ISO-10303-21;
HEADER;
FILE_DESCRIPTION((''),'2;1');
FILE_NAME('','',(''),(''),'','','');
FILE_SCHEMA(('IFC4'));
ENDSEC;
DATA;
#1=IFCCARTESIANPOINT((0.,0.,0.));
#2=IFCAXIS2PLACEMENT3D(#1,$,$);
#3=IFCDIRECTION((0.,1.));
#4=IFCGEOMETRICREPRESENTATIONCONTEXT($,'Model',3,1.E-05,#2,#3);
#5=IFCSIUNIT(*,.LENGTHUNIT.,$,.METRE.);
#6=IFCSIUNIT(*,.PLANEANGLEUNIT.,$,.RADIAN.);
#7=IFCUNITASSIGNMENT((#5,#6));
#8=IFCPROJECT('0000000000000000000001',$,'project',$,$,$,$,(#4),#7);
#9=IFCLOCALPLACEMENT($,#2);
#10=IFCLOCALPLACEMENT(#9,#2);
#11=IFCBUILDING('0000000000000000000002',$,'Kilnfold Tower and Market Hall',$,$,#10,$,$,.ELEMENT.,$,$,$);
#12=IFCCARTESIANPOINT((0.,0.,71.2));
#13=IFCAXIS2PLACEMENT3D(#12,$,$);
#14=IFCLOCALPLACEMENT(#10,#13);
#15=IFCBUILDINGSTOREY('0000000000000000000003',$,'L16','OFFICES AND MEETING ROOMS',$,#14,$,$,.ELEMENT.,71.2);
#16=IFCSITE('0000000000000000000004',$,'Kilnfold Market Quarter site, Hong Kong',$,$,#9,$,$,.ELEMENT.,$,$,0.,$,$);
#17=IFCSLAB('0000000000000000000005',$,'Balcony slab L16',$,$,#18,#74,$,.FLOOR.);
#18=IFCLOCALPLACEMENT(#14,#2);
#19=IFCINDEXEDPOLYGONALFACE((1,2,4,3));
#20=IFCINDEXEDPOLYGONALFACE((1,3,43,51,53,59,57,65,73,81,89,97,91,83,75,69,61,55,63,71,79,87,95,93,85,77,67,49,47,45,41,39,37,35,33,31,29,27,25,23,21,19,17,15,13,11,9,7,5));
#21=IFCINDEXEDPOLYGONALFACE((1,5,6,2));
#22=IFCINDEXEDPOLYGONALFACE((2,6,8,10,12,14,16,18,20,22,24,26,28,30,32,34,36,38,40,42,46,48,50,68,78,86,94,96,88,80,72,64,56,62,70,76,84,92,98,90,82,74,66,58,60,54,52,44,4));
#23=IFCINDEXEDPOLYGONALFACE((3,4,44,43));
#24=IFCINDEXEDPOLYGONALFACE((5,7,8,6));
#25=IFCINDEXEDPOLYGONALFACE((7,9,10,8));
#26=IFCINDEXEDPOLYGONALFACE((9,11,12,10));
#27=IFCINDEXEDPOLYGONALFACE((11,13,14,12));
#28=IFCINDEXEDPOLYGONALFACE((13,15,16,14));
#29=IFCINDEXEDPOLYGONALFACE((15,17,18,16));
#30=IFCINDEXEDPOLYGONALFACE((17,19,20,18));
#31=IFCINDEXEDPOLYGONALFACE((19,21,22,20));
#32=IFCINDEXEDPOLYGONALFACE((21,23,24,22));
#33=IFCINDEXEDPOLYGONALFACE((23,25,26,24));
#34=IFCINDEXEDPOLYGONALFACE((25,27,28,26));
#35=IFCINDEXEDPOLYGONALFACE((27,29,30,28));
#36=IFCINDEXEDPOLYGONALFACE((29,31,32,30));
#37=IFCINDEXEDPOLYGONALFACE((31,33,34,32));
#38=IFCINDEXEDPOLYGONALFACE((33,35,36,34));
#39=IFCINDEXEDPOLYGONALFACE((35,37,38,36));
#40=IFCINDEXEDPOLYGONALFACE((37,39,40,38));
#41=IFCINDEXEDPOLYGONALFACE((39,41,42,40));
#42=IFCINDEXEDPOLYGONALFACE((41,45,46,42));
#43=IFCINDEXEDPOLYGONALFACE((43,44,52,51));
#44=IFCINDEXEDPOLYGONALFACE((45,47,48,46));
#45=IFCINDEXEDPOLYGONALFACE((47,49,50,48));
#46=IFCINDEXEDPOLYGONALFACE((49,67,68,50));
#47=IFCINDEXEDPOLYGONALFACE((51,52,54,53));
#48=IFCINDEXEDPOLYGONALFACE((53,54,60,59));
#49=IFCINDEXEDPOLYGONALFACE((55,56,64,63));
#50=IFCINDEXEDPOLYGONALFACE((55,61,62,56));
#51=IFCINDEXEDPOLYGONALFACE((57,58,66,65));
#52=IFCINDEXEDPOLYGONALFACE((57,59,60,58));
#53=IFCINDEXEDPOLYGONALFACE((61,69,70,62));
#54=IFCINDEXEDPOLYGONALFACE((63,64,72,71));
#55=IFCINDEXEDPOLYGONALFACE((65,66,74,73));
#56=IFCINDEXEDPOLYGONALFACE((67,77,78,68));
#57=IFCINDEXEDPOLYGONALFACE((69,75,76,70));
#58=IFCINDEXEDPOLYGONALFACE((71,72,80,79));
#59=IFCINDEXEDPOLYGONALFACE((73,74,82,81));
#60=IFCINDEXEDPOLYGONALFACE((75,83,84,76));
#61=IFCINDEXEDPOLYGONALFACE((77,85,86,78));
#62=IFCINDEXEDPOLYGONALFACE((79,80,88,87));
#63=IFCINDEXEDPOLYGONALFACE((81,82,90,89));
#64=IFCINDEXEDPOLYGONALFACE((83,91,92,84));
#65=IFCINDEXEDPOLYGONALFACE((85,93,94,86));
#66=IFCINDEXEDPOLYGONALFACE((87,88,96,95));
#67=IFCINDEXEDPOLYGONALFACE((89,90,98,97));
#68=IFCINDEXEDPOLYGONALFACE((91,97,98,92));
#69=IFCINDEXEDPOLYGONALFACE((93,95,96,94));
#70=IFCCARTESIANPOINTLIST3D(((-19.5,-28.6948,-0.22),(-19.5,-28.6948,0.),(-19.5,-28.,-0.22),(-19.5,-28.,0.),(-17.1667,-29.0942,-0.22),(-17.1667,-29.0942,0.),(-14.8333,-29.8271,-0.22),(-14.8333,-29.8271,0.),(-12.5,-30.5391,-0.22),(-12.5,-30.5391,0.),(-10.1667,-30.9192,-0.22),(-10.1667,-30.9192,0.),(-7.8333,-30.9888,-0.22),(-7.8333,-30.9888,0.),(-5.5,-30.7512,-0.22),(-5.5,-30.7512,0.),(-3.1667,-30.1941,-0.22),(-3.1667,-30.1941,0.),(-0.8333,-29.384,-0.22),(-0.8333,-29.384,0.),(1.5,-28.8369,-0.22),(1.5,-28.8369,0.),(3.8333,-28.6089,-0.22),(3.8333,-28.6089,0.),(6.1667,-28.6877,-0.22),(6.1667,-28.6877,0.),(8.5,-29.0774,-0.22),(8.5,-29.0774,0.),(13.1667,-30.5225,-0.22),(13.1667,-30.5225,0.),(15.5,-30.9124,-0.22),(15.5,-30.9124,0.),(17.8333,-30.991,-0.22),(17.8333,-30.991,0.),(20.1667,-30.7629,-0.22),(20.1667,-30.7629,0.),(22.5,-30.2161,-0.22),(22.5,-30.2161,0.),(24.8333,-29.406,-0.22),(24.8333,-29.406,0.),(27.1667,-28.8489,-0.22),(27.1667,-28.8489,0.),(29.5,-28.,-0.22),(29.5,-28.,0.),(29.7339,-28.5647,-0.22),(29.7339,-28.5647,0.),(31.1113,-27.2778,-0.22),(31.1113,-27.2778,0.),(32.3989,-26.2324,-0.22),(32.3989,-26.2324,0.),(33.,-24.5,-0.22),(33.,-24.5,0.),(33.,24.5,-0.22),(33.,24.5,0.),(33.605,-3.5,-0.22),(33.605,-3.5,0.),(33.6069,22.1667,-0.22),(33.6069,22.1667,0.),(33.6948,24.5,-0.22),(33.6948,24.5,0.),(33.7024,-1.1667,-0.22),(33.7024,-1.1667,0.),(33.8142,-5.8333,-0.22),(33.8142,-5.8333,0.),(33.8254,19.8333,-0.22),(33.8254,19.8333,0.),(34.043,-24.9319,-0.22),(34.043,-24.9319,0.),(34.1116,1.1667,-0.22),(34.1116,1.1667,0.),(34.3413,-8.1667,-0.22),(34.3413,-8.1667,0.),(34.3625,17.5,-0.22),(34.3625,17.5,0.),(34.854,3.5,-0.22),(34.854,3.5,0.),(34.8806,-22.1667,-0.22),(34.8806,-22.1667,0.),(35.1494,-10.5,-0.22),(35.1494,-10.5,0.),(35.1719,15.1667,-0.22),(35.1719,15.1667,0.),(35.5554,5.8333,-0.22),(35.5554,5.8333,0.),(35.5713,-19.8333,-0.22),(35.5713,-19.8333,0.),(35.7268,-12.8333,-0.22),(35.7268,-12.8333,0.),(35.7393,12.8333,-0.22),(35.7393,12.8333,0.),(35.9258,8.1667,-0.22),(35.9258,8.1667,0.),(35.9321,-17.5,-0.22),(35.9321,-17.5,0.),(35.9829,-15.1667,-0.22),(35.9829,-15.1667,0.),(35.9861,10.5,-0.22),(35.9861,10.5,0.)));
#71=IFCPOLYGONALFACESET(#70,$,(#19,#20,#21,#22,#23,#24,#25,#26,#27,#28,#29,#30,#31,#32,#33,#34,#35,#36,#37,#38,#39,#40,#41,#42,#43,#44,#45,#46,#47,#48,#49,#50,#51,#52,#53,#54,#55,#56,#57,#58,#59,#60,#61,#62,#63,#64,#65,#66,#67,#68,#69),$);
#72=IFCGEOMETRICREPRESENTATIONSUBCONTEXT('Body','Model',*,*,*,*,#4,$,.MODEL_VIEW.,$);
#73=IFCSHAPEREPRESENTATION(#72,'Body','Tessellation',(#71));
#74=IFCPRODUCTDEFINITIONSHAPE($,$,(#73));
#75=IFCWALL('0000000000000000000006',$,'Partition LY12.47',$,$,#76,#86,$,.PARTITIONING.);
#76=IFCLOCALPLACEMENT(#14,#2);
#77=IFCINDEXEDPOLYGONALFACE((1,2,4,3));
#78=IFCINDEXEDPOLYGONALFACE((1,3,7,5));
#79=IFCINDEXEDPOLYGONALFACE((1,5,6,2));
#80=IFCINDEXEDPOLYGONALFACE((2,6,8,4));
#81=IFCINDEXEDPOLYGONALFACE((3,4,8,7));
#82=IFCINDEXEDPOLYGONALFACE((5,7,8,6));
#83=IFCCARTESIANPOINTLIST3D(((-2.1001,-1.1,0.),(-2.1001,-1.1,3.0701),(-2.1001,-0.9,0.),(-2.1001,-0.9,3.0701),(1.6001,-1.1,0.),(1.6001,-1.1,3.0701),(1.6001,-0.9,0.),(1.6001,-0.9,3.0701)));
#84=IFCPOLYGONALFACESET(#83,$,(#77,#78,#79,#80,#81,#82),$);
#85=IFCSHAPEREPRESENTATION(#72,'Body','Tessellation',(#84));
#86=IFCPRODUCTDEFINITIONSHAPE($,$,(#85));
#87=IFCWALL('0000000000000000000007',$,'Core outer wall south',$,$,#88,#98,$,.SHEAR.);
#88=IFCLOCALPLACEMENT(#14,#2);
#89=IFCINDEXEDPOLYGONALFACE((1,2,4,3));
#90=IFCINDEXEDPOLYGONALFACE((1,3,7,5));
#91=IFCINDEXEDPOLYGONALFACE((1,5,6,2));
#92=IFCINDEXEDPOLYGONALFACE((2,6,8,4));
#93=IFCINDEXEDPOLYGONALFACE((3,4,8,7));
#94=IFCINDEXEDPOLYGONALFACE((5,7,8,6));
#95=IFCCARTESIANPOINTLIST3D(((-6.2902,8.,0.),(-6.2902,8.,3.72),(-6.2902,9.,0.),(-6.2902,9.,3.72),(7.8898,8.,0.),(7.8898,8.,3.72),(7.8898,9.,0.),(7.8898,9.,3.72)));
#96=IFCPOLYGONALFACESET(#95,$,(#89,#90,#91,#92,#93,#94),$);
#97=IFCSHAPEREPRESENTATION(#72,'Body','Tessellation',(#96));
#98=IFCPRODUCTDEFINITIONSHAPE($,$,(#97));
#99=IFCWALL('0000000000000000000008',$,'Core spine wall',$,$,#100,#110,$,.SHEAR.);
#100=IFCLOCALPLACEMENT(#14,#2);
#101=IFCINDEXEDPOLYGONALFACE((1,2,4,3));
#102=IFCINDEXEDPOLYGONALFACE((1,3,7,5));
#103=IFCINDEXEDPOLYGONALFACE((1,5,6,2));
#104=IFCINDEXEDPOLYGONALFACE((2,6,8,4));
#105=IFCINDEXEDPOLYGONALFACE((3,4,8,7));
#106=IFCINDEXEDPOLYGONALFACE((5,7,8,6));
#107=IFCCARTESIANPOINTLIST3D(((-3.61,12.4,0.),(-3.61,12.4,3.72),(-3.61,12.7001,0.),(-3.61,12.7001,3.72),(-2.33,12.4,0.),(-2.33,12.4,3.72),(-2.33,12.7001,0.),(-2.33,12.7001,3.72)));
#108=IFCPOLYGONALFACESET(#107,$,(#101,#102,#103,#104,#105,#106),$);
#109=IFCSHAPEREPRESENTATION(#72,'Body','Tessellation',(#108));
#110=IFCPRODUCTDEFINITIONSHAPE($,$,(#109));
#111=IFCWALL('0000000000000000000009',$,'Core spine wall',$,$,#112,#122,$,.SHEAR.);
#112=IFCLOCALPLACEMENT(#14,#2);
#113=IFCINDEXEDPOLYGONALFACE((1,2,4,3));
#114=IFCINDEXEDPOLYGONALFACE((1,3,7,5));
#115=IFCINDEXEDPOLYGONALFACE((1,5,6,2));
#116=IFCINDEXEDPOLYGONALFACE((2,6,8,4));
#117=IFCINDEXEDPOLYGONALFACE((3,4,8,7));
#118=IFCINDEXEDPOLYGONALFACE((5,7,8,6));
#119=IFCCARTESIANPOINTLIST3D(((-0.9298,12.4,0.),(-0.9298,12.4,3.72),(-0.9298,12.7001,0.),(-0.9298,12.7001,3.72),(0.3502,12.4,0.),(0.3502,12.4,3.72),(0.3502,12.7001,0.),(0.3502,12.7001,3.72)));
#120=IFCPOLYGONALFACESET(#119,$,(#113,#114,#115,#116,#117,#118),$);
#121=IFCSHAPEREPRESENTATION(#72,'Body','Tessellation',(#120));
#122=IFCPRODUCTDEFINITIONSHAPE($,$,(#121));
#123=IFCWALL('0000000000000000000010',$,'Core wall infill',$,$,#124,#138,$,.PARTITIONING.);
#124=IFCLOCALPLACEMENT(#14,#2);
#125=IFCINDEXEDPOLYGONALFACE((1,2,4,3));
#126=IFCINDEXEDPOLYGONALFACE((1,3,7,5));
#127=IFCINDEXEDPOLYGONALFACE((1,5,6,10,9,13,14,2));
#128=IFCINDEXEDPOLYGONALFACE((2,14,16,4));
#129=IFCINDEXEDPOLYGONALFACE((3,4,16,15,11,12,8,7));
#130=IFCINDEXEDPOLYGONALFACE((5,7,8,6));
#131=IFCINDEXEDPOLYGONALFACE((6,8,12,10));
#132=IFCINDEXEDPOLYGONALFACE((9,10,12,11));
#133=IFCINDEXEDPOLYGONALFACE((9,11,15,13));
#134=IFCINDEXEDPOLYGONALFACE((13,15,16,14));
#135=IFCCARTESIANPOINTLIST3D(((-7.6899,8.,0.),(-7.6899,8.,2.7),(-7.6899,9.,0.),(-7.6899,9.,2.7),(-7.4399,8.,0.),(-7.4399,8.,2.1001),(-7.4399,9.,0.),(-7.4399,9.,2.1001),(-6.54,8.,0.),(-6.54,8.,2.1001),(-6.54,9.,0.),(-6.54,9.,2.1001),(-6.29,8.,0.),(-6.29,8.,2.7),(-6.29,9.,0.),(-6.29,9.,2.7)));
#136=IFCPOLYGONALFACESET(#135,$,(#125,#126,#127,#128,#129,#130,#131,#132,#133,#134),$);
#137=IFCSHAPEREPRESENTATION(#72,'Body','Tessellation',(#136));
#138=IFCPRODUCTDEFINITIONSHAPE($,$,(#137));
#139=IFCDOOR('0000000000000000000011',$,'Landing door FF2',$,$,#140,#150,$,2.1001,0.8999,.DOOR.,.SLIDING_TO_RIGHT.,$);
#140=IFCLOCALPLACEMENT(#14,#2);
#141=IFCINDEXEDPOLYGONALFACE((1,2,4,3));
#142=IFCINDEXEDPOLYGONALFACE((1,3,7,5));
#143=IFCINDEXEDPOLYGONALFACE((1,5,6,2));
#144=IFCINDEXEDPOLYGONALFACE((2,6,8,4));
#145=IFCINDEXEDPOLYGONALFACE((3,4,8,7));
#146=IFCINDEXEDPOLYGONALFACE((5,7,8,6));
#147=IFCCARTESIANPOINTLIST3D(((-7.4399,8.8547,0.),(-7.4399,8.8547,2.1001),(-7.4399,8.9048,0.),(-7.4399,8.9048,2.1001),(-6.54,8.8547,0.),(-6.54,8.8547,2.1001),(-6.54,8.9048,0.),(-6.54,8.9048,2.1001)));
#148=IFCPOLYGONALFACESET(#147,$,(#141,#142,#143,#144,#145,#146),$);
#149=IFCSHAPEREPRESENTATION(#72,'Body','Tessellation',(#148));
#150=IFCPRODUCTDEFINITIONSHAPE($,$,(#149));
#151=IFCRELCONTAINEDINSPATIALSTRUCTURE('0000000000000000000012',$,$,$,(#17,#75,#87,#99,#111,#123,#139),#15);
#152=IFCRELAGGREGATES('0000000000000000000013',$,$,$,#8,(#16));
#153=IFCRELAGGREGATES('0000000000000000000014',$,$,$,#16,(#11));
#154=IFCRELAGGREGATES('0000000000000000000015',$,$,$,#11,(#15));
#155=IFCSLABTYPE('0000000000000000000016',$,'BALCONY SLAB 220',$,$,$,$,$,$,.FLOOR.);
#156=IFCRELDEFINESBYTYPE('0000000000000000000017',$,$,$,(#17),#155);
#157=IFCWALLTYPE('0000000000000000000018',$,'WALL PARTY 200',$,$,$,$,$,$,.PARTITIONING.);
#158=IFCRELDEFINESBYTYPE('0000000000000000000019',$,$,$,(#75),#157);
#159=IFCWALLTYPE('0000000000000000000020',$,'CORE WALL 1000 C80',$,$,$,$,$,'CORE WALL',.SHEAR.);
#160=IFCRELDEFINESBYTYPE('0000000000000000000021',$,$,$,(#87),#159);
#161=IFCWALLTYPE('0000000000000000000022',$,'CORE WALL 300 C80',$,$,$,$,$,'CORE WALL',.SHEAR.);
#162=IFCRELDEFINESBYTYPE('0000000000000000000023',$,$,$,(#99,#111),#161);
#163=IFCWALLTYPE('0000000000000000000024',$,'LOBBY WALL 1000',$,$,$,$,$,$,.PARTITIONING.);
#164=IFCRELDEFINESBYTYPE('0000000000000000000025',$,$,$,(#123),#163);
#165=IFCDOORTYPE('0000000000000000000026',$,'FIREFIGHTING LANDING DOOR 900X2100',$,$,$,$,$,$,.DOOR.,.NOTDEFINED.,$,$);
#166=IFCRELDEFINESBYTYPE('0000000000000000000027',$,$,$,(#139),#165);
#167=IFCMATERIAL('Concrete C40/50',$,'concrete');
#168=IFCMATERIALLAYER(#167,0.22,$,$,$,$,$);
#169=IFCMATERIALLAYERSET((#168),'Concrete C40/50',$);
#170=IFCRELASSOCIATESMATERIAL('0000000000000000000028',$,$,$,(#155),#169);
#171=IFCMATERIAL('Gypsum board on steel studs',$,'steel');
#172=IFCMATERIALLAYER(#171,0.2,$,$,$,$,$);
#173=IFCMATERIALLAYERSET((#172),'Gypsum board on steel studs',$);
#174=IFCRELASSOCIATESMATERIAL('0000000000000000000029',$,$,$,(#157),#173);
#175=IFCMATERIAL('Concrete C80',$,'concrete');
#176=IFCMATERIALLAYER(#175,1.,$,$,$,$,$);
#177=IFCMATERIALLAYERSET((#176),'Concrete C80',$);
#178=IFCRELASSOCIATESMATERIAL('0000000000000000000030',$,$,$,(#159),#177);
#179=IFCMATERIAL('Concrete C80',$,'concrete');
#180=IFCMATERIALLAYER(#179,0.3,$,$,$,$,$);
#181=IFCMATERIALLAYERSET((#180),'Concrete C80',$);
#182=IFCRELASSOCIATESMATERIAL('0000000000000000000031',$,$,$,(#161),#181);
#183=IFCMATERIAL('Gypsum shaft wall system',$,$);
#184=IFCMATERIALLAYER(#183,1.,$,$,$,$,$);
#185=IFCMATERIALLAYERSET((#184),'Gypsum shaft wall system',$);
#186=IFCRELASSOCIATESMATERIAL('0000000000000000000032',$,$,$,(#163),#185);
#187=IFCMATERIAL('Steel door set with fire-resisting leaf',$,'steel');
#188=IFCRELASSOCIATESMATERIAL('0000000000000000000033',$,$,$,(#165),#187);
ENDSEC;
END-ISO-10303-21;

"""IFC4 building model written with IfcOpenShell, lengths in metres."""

from ifc_helpers import new_model, si_unit, direction, frame, frame_2d, origin, place, context, subcontext, project, spatial, polyline, rectangle, outline, extrude, source, transform, mapped, material, layer, layer_set, type_object, element, fill, save


model = new_model("IFC4")

# Units and contexts
model_context = context("Model", 3, precision=1e-05, world=origin(), true_north=direction((0.0, 1.0)))
body_context = subcontext(model_context, "Body", "Model", "MODEL_VIEW")
ifc_project = project(units=[si_unit("LENGTHUNIT", "METRE"), si_unit("PLANEANGLEUNIT", "RADIAN")], contexts=[model_context])

# Site, building, storey
site_placement = place(None, origin())
site = spatial("IfcSite", under=ifc_project, at=site_placement, Name="Kilnfold Market Quarter site, Hong Kong", CompositionType="ELEMENT", RefElevation=0.0)
building_placement = place(site_placement, origin())
building = spatial("IfcBuilding", under=site, at=building_placement, Name="Kilnfold Tower and Market Hall", CompositionType="ELEMENT")
storey_placement = place(building_placement, frame((0.0, 0.0, 71.2)))
storey = spatial("IfcBuildingStorey", under=building, at=storey_placement, Name="L16", Description="OFFICES AND MEETING ROOMS", CompositionType="ELEMENT", Elevation=71.2)

# Slab
ifc_material_1 = material(Name="Concrete C40/50", Category="concrete")
ifc_layer_1 = layer(ifc_material_1, 0.22)
ifc_layer_set_1 = layer_set([ifc_layer_1], Name="Concrete C40/50")
slab_type_1 = type_object("IfcSlabType", Name="BALCONY SLAB 220", PredefinedType="FLOOR", material=ifc_layer_set_1)
shared_shape_1 = source(origin(), body_context, "Body", "SweptSolid", [
    extrude(outline(polyline([(-19.5, -28.0), (29.5, -28.0), (33.0, -24.5), (33.0, 24.5), (33.6948, 24.5), (33.6069, 22.1667), (33.8254, 19.8333), (34.3625, 17.5), (35.1719, 15.1667), (35.7393, 12.8333), (35.9861, 10.5), (35.9258, 8.1667), (35.5554, 5.8333), (34.854, 3.5), (34.1116, 1.1667), (33.7024, -1.1667), (33.605, -3.5), (33.8142, -5.8333), (34.3413, -8.1667), (35.1494, -10.5), (35.7268, -12.8333), (35.9829, -15.1667), (35.9321, -17.5), (35.5713, -19.8333), (34.8806, -22.1667), (34.043, -24.9319), (32.3989, -26.2324), (31.1113, -27.2778), (29.7339, -28.5647), (27.1667, -28.8489), (24.8333, -29.406), (22.5, -30.2161), (20.1667, -30.7629), (17.8333, -30.991), (15.5, -30.9124), (13.1667, -30.5225), (8.5, -29.0774), (6.1667, -28.6877), (3.8333, -28.6089), (1.5, -28.8369), (-0.8333, -29.384), (-3.1667, -30.1941), (-5.5, -30.7512), (-7.8333, -30.9888), (-10.1667, -30.9192), (-12.5, -30.5391), (-14.8333, -29.8271), (-17.1667, -29.0942), (-19.5, -28.6948), (-19.5, -28.0)])), origin(), (0.0, 0.0, 1.0), 0.22),
])
slab_1_placement = place(storey_placement, frame((0.0, 0.0, -0.22)))
element("IfcSlab", 1, at=slab_1_placement, inside=storey, type_object=slab_type_1, Name="Balcony slab L16", PredefinedType="FLOOR", context=body_context, shape_type="MappedRepresentation", body=[
    mapped(shared_shape_1, transform((0.0, 0.0, 0.0))),
])

# Walls
ifc_material_2 = material(Name="Gypsum board on steel studs", Category="steel")
ifc_layer_2 = layer(ifc_material_2, 0.2)
ifc_layer_set_2 = layer_set([ifc_layer_2], Name="Gypsum board on steel studs")
wall_type_1 = type_object("IfcWallType", Name="WALL PARTY 200", PredefinedType="PARTITIONING", material=ifc_layer_set_2)
wall_1_placement = place(storey_placement, frame((-2.1001, -1.0, 0.0), z_axis=(0.0, 0.0, 1.0), x_axis=(1.0, 0.0, 0.0)))
element("IfcWall", 2, at=wall_1_placement, inside=storey, type_object=wall_type_1, Name="Partition LY12.47", PredefinedType="PARTITIONING", context=body_context, shape_type="SweptSolid", body=[
    extrude(rectangle(XDim=3.7002, YDim=0.2, at=frame_2d((1.8501, 0.0))), origin(), (0.0, 0.0, 1.0), 3.0701),
])
ifc_material_3 = material(Name="Concrete C80", Category="concrete")
ifc_layer_3 = layer(ifc_material_3, 1.0)
ifc_layer_set_3 = layer_set([ifc_layer_3], Name="Concrete C80")
wall_type_2 = type_object("IfcWallType", Name="CORE WALL 1000 C80", ElementType="CORE WALL", PredefinedType="SHEAR", material=ifc_layer_set_3)
shared_shape_2 = source(origin(), body_context, "Body", "SweptSolid", [
    extrude(rectangle(XDim=14.1799, YDim=1.0, at=frame_2d((7.0898, 0.0))), origin(), (0.0, 0.0, 1.0), 3.72),
])
wall_2_placement = place(storey_placement, frame((-6.29, 8.5, 0.0), z_axis=(0.0, 0.0, 1.0), x_axis=(1.0, 0.0, 0.0)))
element("IfcWall", 3, at=wall_2_placement, inside=storey, type_object=wall_type_2, Name="Core outer wall south", PredefinedType="SHEAR", context=body_context, shape_type="MappedRepresentation", body=[
    mapped(shared_shape_2, transform((0.0, 0.0, 0.0))),
])
ifc_material_4 = material(Name="Concrete C80", Category="concrete")
ifc_layer_4 = layer(ifc_material_4, 0.3)
ifc_layer_set_4 = layer_set([ifc_layer_4], Name="Concrete C80")
wall_type_3 = type_object("IfcWallType", Name="CORE WALL 300 C80", ElementType="CORE WALL", PredefinedType="SHEAR", material=ifc_layer_set_4)
shared_shape_3 = source(origin(), body_context, "Body", "SweptSolid", [
    extrude(rectangle(XDim=1.28, YDim=0.3, at=frame_2d((0.6401, 0.0))), origin(), (0.0, 0.0, 1.0), 3.72),
])
for number, where, z_axis, x_axis, name in (
    (4, (-3.6101, 12.55, 0.0), (0.0, 0.0, 1.0), (1.0, 0.0, 0.0), "Core spine wall"),
    (5, (-0.9299, 12.55, 0.0), (0.0, 0.0, 1.0), (1.0, 0.0, 0.0), "Core spine wall"),
):
    element("IfcWall", number, at=place(storey_placement, frame(where, z_axis=z_axis, x_axis=x_axis)), inside=storey, type_object=wall_type_3, Name=name, PredefinedType="SHEAR", context=body_context, shape_type="MappedRepresentation", body=[
        mapped(shared_shape_3, transform((0.0, 0.0, 0.0))),
    ])

# Wall, opening, door
ifc_material_5 = material(Name="Gypsum shaft wall system")
ifc_layer_5 = layer(ifc_material_5, 1.0)
ifc_layer_set_5 = layer_set([ifc_layer_5], Name="Gypsum shaft wall system")
wall_type_4 = type_object("IfcWallType", Name="LOBBY WALL 1000", PredefinedType="PARTITIONING", material=ifc_layer_set_5)
shared_shape_4 = source(origin(), body_context, "Body", "SweptSolid", [
    extrude(rectangle(XDim=1.3999, YDim=1.0, at=frame_2d((0.7, 0.0))), origin(), (0.0, 0.0, 1.0), 2.7),
])
wall_3_placement = place(storey_placement, frame((-7.6899, 8.5, 0.0), z_axis=(0.0, 0.0, 1.0), x_axis=(1.0, 0.0, 0.0)))
wall_3 = element("IfcWall", 6, at=wall_3_placement, inside=storey, type_object=wall_type_4, Name="Core wall infill", PredefinedType="PARTITIONING", context=body_context, shape_type="MappedRepresentation", body=[
    mapped(shared_shape_4, transform((0.0, 0.0, 0.0))),
])
opening_1_placement = place(wall_3_placement, frame((0.25, 0.0, 0.0)))
opening_1 = element("IfcOpeningElement", 7, at=opening_1_placement, cuts=wall_3, PredefinedType="OPENING", context=body_context, shape_type="SweptSolid", body=[
    extrude(rectangle(XDim=0.8999, YDim=2.1001, at=frame_2d((0.45, 1.05))), frame((0.0, 0.51, 0.0), z_axis=(0.0, -1.0, 0.0), x_axis=(1.0, 0.0, 0.0)), (0.0, 0.0, 1.0), 1.02),
])
ifc_material_6 = material(Name="Steel door set with fire-resisting leaf", Category="steel")
door_type_1 = type_object("IfcDoorType", Name="FIREFIGHTING LANDING DOOR 900X2100", OperationType="NOTDEFINED", PredefinedType="DOOR", material=ifc_material_6)
door_1_placement = place(opening_1_placement, origin())
door_1 = element("IfcDoor", 8, at=door_1_placement, inside=storey, type_object=door_type_1, Name="Landing door FF2", OperationType="SLIDING_TO_RIGHT", OverallHeight=2.1001, OverallWidth=0.8999, PredefinedType="DOOR", context=body_context, shape_type="SweptSolid", body=[
    extrude(rectangle(XDim=0.8999, YDim=2.1001, at=frame_2d((0.45, 1.05))), frame((0.0, 0.4048, 0.0), z_axis=(0.0, -1.0, 0.0), x_axis=(1.0, 0.0, 0.0)), (0.0, 0.0, 1.0), 0.05),
])
fill(opening_1, door_1)

save(model, "model.ifc")
